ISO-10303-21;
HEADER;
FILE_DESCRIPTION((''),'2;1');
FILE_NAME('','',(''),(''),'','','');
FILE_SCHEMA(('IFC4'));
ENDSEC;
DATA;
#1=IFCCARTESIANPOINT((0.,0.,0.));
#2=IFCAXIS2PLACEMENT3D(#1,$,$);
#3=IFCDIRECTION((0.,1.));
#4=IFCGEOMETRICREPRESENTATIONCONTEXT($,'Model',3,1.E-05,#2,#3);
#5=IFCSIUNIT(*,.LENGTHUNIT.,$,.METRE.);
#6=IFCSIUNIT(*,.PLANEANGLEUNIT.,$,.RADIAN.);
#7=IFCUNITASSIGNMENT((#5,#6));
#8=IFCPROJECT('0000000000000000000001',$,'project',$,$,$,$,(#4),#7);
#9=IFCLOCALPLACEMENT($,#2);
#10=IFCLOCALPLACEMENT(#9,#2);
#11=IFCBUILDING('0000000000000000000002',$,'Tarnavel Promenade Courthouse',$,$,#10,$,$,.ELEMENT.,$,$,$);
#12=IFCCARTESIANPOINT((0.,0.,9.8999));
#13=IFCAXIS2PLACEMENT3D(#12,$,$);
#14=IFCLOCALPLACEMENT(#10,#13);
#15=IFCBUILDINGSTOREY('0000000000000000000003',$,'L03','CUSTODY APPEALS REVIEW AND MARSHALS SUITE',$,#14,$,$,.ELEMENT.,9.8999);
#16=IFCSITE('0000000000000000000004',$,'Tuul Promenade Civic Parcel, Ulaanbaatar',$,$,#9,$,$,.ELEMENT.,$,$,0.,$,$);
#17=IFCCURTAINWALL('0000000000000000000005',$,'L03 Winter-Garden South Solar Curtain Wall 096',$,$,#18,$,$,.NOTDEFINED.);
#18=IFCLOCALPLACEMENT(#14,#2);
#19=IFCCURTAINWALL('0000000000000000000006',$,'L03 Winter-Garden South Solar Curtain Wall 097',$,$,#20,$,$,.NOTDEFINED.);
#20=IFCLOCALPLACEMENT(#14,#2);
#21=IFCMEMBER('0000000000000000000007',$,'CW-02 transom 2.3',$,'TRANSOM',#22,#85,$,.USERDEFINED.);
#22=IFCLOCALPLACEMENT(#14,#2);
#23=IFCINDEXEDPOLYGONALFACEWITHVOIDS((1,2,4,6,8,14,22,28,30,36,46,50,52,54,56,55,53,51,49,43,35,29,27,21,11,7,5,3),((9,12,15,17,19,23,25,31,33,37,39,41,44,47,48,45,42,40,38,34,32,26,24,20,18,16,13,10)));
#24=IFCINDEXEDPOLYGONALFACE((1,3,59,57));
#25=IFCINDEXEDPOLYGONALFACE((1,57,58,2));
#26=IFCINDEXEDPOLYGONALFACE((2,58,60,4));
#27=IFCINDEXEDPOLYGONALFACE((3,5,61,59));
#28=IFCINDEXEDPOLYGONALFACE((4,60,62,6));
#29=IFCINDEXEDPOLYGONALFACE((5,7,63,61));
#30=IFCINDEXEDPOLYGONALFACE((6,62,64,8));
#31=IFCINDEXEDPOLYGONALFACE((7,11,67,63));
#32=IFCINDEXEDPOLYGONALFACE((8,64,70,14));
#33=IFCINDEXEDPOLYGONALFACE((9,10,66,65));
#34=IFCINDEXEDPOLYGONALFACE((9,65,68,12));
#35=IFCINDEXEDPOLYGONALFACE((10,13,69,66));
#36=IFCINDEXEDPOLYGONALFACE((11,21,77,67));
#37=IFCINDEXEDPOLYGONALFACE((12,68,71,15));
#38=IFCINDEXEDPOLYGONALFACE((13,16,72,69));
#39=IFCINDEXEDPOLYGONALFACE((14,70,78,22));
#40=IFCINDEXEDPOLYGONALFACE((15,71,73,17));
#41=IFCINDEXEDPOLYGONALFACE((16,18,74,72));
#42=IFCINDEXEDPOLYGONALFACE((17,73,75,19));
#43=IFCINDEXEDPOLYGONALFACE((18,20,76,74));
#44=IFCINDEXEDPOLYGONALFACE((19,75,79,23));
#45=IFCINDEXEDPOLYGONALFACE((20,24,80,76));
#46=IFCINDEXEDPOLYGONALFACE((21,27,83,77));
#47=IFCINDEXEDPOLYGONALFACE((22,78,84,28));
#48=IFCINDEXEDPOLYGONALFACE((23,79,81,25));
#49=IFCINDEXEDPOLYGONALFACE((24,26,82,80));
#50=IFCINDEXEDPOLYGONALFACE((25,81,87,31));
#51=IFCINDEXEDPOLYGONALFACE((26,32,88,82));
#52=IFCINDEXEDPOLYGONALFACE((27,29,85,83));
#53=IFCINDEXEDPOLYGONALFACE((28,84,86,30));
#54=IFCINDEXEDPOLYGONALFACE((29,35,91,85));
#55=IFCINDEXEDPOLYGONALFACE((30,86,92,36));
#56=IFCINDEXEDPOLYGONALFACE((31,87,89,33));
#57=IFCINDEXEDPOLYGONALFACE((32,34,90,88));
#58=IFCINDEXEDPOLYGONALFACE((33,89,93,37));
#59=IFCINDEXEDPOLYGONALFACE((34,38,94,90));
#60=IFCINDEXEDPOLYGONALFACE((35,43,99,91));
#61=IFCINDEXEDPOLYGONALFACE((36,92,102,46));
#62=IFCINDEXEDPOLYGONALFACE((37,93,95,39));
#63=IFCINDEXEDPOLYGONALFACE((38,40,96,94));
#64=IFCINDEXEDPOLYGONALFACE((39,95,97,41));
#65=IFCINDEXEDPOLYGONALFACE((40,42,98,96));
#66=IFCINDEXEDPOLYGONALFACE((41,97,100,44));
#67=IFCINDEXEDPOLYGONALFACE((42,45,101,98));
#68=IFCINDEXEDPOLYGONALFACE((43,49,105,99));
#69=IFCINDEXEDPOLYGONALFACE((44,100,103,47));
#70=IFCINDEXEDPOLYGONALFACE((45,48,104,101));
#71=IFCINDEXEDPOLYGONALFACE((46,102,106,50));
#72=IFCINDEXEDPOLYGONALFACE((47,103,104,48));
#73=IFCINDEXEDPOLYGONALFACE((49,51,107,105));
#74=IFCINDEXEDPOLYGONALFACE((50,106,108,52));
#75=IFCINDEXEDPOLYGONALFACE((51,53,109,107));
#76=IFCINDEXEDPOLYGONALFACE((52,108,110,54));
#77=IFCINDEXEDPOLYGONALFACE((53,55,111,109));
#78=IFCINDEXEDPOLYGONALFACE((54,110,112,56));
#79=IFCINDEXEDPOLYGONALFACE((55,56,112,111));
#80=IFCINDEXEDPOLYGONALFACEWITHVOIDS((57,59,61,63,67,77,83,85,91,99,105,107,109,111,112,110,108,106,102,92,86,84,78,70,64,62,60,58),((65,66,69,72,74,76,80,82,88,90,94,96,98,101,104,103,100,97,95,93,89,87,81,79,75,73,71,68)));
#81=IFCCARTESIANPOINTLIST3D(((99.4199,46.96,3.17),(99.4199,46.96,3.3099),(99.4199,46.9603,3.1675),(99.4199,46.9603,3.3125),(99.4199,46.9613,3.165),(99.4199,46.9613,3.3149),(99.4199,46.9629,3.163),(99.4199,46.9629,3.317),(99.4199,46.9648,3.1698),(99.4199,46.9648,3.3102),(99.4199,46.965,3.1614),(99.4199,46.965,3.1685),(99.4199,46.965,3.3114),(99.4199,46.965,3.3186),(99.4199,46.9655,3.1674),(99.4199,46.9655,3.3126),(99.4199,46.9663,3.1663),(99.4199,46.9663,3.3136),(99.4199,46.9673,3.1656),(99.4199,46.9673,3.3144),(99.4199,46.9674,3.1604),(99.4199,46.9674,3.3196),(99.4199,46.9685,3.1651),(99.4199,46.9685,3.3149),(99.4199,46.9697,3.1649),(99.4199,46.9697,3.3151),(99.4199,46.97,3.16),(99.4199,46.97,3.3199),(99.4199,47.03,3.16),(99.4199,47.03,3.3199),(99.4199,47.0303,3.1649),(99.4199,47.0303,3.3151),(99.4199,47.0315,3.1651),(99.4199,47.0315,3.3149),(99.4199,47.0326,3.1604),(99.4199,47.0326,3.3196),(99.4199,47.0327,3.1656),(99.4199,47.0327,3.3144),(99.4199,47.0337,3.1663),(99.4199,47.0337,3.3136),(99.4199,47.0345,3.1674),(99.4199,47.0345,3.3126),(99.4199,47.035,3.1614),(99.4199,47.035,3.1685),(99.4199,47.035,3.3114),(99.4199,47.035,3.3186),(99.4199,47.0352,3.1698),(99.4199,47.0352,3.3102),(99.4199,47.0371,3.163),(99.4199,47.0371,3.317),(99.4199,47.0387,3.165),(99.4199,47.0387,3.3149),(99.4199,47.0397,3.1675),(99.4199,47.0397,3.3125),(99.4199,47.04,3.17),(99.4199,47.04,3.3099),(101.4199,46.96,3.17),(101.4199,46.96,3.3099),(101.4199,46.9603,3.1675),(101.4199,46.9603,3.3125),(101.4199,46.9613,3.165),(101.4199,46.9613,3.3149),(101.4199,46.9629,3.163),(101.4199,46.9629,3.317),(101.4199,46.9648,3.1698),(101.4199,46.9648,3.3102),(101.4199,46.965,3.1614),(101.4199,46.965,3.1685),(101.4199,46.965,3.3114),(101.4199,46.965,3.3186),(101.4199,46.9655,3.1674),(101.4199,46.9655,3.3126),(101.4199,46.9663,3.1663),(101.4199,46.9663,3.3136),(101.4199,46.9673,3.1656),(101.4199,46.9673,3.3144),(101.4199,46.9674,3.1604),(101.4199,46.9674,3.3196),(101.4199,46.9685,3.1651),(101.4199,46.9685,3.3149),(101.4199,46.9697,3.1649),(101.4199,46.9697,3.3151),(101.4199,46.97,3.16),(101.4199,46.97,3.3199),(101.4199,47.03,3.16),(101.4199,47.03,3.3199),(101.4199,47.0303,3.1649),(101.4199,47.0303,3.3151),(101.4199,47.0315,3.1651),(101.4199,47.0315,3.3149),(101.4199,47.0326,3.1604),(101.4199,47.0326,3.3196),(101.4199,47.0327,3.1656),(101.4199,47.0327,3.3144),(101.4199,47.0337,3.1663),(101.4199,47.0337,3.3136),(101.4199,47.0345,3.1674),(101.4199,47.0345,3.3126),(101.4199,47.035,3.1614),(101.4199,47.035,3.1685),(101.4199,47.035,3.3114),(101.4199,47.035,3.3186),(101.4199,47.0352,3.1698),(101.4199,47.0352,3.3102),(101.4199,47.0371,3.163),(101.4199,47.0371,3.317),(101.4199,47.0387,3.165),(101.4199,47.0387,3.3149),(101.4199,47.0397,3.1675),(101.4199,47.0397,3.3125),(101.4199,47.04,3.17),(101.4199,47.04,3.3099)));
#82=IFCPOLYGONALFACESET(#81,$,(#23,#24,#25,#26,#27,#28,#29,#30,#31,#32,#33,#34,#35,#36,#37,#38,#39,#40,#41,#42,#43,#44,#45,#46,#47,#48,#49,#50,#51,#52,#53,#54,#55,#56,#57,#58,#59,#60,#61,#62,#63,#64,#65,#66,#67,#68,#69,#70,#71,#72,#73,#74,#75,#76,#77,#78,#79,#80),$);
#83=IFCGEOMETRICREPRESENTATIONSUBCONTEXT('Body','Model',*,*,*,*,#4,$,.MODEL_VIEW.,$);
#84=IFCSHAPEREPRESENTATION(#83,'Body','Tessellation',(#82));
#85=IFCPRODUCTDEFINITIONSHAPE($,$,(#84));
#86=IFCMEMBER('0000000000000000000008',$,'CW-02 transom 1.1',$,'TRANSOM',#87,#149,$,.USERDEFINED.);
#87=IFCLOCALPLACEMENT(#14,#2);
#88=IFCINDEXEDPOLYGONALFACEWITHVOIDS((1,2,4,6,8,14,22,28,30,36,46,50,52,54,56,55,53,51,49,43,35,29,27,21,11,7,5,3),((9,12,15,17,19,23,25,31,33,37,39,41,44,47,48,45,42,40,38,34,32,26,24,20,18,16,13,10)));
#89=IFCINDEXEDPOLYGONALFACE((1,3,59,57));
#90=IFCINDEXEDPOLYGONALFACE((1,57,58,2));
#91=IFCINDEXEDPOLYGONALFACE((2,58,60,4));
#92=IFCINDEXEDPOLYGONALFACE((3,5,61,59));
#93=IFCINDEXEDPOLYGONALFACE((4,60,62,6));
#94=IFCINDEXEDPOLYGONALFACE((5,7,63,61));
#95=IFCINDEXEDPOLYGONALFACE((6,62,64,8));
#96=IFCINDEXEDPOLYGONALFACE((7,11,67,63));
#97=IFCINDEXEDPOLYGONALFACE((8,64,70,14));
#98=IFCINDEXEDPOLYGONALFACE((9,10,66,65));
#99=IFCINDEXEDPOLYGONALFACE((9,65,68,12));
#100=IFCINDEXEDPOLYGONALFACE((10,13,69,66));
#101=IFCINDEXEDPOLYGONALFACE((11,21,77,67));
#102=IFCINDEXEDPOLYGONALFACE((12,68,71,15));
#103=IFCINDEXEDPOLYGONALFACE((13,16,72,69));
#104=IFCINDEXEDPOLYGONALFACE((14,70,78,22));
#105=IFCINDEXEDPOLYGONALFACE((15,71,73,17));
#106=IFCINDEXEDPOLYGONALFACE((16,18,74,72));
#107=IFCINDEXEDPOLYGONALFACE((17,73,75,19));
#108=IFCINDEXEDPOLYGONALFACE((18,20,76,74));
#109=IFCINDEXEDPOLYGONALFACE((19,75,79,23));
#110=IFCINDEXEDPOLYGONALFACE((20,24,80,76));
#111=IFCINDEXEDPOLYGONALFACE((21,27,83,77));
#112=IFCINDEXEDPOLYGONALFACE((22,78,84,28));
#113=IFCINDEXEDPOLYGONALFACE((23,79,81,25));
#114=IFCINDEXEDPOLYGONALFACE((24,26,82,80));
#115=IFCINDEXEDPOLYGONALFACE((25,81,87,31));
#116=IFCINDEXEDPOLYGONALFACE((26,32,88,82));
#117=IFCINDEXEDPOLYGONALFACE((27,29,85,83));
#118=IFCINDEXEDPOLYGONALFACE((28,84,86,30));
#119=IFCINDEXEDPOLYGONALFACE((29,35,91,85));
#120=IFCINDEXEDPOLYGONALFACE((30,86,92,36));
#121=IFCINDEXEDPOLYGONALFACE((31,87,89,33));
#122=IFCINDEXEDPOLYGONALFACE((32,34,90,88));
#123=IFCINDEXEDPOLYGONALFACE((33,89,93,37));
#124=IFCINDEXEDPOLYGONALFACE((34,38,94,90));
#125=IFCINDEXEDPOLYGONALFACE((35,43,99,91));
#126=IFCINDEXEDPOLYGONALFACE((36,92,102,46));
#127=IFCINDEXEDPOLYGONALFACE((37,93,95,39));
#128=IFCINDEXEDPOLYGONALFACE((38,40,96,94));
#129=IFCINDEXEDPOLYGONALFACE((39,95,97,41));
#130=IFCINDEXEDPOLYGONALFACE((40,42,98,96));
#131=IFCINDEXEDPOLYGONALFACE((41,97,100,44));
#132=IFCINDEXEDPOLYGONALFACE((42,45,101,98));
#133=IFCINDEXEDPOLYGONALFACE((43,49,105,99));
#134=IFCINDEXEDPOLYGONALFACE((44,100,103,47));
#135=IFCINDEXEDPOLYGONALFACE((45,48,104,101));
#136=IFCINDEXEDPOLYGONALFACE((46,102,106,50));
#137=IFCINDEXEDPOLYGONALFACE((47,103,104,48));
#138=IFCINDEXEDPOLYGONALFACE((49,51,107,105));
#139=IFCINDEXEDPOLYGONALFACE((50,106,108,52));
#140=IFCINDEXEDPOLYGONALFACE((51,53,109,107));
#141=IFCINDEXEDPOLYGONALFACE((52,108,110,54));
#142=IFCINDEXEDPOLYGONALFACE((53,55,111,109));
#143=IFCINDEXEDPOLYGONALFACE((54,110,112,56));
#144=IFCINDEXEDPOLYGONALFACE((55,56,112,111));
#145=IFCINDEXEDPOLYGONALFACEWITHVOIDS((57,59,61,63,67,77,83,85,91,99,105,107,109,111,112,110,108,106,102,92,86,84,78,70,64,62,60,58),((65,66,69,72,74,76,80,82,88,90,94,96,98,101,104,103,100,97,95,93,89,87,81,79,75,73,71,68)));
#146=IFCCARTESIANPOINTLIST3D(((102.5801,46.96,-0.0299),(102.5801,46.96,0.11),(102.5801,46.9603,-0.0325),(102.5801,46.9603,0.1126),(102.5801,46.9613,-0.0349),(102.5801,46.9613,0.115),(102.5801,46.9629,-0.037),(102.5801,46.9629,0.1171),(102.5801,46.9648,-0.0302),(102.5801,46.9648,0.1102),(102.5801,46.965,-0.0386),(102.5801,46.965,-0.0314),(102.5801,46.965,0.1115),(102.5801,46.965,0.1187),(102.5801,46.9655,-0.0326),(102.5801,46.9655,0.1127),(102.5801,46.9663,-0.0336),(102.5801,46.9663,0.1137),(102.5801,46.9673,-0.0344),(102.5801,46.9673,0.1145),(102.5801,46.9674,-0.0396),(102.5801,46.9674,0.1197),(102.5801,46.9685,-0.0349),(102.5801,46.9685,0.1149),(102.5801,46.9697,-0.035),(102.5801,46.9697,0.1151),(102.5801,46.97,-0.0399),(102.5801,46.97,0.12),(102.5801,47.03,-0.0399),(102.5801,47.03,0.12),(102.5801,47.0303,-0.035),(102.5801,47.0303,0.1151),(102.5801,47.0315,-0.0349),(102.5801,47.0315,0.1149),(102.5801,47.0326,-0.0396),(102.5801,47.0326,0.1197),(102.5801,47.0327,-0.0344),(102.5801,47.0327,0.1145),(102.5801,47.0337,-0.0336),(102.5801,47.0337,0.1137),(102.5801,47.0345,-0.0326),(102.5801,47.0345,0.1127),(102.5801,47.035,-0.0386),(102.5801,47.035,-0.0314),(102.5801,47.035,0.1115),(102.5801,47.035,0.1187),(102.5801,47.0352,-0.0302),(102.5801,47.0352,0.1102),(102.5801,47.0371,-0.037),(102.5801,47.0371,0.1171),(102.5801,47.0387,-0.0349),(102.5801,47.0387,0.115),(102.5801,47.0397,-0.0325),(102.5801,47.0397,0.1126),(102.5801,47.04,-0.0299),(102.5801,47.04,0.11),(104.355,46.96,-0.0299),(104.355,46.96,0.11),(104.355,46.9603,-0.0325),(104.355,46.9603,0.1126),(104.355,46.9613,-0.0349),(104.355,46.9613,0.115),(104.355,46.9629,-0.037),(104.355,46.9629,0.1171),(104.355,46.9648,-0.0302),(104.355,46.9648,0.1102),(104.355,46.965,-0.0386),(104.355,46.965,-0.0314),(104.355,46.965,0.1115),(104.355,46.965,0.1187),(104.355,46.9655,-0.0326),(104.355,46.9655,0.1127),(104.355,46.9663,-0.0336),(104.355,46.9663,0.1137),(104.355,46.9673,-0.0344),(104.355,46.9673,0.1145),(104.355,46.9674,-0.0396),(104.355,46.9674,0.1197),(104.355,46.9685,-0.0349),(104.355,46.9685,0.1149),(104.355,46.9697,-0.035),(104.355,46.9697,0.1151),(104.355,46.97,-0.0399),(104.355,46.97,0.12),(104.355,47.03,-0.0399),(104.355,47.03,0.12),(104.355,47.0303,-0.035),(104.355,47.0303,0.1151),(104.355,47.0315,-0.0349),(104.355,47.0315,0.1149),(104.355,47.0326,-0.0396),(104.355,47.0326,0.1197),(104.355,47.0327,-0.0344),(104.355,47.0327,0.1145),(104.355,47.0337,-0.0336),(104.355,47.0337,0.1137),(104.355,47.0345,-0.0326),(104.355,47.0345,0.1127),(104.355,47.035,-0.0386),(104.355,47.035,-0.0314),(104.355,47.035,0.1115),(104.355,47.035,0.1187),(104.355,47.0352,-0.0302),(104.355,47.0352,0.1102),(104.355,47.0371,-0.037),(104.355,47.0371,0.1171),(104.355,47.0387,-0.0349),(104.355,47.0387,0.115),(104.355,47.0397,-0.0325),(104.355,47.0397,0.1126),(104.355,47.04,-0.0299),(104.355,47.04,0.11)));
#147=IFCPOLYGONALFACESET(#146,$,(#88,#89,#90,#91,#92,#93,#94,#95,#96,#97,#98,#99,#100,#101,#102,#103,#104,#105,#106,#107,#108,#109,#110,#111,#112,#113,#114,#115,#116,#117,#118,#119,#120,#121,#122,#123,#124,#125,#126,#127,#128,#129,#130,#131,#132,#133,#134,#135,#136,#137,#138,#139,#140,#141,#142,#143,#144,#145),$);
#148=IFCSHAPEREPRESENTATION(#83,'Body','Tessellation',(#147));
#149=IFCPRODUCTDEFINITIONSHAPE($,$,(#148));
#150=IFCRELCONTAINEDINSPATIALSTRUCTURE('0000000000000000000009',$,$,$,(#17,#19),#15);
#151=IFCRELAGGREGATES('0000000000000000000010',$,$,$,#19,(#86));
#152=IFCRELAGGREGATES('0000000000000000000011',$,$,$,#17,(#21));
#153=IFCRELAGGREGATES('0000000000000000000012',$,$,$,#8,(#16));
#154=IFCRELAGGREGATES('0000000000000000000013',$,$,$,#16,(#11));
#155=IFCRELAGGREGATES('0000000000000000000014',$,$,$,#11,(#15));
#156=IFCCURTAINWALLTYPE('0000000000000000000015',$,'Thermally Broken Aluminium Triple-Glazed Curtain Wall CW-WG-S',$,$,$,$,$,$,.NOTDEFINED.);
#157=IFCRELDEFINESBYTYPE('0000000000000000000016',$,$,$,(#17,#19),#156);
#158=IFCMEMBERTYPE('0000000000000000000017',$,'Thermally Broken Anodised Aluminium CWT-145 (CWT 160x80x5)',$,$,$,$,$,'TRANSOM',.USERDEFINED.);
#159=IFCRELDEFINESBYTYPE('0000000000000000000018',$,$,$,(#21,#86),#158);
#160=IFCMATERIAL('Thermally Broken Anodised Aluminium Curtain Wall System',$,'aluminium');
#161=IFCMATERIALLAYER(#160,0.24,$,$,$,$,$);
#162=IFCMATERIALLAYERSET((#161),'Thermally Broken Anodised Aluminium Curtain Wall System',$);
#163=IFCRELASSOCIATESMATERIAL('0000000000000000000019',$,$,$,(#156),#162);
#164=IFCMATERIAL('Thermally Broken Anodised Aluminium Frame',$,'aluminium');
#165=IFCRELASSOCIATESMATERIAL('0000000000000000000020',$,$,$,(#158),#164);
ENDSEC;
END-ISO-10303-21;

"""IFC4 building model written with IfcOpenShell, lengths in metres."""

from ifc_helpers import new_model, si_unit, direction, frame, origin, origin_2d, place, context, subcontext, project, spatial, hollow_rectangle, extrude, material, layer, layer_set, material_profile, profile_set, type_object, element, aggregate, save


model = new_model("IFC4")

# Units and contexts
model_context = context("Model", 3, precision=1e-05, world=origin(), true_north=direction((0.0, 1.0)))
body_context = subcontext(model_context, "Body", "Model", "MODEL_VIEW")
ifc_project = project(units=[si_unit("LENGTHUNIT", "METRE"), si_unit("PLANEANGLEUNIT", "RADIAN")], contexts=[model_context])

# Site, building, storey
site_placement = place(None, origin())
site = spatial("IfcSite", under=ifc_project, at=site_placement, Name="Tuul Promenade Civic Parcel, Ulaanbaatar", CompositionType="ELEMENT", RefElevation=0.0)
building_placement = place(site_placement, origin())
building = spatial("IfcBuilding", under=site, at=building_placement, Name="Tarnavel Promenade Courthouse", CompositionType="ELEMENT")
storey_placement = place(building_placement, frame((0.0, 0.0, 9.8999)))
storey = spatial("IfcBuildingStorey", under=building, at=storey_placement, Name="L03", Description="CUSTODY APPEALS REVIEW AND MARSHALS SUITE", CompositionType="ELEMENT", Elevation=9.8999)

# Curtain wall
ifc_material_1 = material(Name="Thermally Broken Anodised Aluminium Curtain Wall System", Category="aluminium")
ifc_layer_1 = layer(ifc_material_1, 0.24)
ifc_layer_set_1 = layer_set([ifc_layer_1], Name="Thermally Broken Anodised Aluminium Curtain Wall System")
curtain_wall_type = type_object("IfcCurtainWallType", Name="Thermally Broken Aluminium Triple-Glazed Curtain Wall CW-WG-S", PredefinedType="NOTDEFINED", material=ifc_layer_set_1)
curtain_wall_1_placement = place(storey_placement, origin())
curtain_wall_1 = element("IfcCurtainWall", 1, at=curtain_wall_1_placement, inside=storey, type_object=curtain_wall_type, Name="L03 Winter-Garden South Solar Curtain Wall 096", PredefinedType="NOTDEFINED")
ifc_material_2 = material(Name="Thermally Broken Anodised Aluminium Frame", Category="aluminium")

# Curtain wall
curtain_wall_2_placement = place(storey_placement, origin())
curtain_wall_2 = element("IfcCurtainWall", 2, at=curtain_wall_2_placement, inside=storey, type_object=curtain_wall_type, Name="L03 Winter-Garden South Solar Curtain Wall 097", PredefinedType="NOTDEFINED")

# Members
ifc_material_profile_1 = material_profile(ifc_material_2, hollow_rectangle(XDim=0.0801, YDim=0.1599, WallThickness=0.0049, InnerFilletRadius=0.0049, OuterFilletRadius=0.01, at=origin_2d()), Name="CWT 160x80x5")
ifc_profile_set_1 = profile_set([ifc_material_profile_1], Name="Thermally Broken Anodised Aluminium Frame")
member_type_1 = type_object("IfcMemberType", Name="Thermally Broken Anodised Aluminium CWT-145 (CWT 160x80x5)", ElementType="TRANSOM", PredefinedType="USERDEFINED", material=ifc_profile_set_1)
member_1_placement = place(storey_placement, frame((99.4199, 47.0, 3.24), z_axis=(1.0, 0.0, 0.0), x_axis=(0.0, 1.0, 0.0)))
member_1 = element("IfcMember", 3, at=member_1_placement, type_object=member_type_1, Name="CW-02 transom 2.3", ObjectType="TRANSOM", PredefinedType="USERDEFINED", context=body_context, shape_type="SweptSolid", body=[
    extrude(hollow_rectangle(XDim=0.0801, YDim=0.1599, WallThickness=0.0049, InnerFilletRadius=0.0049, OuterFilletRadius=0.01, at=origin_2d()), origin(), (0.0, 0.0, 1.0), 2.0),
])
member_2_placement = place(storey_placement, frame((102.5801, 47.0, 0.04), z_axis=(1.0, 0.0, 0.0), x_axis=(0.0, 1.0, 0.0)))
member_2 = element("IfcMember", 4, at=member_2_placement, type_object=member_type_1, Name="CW-02 transom 1.1", ObjectType="TRANSOM", PredefinedType="USERDEFINED", context=body_context, shape_type="SweptSolid", body=[
    extrude(hollow_rectangle(XDim=0.0801, YDim=0.1599, WallThickness=0.0049, InnerFilletRadius=0.0049, OuterFilletRadius=0.01, at=origin_2d()), origin(), (0.0, 0.0, 1.0), 1.7749),
])
aggregate(curtain_wall_2, [member_2])

aggregate(curtain_wall_1, [member_1])

save(model, "model.ifc")
